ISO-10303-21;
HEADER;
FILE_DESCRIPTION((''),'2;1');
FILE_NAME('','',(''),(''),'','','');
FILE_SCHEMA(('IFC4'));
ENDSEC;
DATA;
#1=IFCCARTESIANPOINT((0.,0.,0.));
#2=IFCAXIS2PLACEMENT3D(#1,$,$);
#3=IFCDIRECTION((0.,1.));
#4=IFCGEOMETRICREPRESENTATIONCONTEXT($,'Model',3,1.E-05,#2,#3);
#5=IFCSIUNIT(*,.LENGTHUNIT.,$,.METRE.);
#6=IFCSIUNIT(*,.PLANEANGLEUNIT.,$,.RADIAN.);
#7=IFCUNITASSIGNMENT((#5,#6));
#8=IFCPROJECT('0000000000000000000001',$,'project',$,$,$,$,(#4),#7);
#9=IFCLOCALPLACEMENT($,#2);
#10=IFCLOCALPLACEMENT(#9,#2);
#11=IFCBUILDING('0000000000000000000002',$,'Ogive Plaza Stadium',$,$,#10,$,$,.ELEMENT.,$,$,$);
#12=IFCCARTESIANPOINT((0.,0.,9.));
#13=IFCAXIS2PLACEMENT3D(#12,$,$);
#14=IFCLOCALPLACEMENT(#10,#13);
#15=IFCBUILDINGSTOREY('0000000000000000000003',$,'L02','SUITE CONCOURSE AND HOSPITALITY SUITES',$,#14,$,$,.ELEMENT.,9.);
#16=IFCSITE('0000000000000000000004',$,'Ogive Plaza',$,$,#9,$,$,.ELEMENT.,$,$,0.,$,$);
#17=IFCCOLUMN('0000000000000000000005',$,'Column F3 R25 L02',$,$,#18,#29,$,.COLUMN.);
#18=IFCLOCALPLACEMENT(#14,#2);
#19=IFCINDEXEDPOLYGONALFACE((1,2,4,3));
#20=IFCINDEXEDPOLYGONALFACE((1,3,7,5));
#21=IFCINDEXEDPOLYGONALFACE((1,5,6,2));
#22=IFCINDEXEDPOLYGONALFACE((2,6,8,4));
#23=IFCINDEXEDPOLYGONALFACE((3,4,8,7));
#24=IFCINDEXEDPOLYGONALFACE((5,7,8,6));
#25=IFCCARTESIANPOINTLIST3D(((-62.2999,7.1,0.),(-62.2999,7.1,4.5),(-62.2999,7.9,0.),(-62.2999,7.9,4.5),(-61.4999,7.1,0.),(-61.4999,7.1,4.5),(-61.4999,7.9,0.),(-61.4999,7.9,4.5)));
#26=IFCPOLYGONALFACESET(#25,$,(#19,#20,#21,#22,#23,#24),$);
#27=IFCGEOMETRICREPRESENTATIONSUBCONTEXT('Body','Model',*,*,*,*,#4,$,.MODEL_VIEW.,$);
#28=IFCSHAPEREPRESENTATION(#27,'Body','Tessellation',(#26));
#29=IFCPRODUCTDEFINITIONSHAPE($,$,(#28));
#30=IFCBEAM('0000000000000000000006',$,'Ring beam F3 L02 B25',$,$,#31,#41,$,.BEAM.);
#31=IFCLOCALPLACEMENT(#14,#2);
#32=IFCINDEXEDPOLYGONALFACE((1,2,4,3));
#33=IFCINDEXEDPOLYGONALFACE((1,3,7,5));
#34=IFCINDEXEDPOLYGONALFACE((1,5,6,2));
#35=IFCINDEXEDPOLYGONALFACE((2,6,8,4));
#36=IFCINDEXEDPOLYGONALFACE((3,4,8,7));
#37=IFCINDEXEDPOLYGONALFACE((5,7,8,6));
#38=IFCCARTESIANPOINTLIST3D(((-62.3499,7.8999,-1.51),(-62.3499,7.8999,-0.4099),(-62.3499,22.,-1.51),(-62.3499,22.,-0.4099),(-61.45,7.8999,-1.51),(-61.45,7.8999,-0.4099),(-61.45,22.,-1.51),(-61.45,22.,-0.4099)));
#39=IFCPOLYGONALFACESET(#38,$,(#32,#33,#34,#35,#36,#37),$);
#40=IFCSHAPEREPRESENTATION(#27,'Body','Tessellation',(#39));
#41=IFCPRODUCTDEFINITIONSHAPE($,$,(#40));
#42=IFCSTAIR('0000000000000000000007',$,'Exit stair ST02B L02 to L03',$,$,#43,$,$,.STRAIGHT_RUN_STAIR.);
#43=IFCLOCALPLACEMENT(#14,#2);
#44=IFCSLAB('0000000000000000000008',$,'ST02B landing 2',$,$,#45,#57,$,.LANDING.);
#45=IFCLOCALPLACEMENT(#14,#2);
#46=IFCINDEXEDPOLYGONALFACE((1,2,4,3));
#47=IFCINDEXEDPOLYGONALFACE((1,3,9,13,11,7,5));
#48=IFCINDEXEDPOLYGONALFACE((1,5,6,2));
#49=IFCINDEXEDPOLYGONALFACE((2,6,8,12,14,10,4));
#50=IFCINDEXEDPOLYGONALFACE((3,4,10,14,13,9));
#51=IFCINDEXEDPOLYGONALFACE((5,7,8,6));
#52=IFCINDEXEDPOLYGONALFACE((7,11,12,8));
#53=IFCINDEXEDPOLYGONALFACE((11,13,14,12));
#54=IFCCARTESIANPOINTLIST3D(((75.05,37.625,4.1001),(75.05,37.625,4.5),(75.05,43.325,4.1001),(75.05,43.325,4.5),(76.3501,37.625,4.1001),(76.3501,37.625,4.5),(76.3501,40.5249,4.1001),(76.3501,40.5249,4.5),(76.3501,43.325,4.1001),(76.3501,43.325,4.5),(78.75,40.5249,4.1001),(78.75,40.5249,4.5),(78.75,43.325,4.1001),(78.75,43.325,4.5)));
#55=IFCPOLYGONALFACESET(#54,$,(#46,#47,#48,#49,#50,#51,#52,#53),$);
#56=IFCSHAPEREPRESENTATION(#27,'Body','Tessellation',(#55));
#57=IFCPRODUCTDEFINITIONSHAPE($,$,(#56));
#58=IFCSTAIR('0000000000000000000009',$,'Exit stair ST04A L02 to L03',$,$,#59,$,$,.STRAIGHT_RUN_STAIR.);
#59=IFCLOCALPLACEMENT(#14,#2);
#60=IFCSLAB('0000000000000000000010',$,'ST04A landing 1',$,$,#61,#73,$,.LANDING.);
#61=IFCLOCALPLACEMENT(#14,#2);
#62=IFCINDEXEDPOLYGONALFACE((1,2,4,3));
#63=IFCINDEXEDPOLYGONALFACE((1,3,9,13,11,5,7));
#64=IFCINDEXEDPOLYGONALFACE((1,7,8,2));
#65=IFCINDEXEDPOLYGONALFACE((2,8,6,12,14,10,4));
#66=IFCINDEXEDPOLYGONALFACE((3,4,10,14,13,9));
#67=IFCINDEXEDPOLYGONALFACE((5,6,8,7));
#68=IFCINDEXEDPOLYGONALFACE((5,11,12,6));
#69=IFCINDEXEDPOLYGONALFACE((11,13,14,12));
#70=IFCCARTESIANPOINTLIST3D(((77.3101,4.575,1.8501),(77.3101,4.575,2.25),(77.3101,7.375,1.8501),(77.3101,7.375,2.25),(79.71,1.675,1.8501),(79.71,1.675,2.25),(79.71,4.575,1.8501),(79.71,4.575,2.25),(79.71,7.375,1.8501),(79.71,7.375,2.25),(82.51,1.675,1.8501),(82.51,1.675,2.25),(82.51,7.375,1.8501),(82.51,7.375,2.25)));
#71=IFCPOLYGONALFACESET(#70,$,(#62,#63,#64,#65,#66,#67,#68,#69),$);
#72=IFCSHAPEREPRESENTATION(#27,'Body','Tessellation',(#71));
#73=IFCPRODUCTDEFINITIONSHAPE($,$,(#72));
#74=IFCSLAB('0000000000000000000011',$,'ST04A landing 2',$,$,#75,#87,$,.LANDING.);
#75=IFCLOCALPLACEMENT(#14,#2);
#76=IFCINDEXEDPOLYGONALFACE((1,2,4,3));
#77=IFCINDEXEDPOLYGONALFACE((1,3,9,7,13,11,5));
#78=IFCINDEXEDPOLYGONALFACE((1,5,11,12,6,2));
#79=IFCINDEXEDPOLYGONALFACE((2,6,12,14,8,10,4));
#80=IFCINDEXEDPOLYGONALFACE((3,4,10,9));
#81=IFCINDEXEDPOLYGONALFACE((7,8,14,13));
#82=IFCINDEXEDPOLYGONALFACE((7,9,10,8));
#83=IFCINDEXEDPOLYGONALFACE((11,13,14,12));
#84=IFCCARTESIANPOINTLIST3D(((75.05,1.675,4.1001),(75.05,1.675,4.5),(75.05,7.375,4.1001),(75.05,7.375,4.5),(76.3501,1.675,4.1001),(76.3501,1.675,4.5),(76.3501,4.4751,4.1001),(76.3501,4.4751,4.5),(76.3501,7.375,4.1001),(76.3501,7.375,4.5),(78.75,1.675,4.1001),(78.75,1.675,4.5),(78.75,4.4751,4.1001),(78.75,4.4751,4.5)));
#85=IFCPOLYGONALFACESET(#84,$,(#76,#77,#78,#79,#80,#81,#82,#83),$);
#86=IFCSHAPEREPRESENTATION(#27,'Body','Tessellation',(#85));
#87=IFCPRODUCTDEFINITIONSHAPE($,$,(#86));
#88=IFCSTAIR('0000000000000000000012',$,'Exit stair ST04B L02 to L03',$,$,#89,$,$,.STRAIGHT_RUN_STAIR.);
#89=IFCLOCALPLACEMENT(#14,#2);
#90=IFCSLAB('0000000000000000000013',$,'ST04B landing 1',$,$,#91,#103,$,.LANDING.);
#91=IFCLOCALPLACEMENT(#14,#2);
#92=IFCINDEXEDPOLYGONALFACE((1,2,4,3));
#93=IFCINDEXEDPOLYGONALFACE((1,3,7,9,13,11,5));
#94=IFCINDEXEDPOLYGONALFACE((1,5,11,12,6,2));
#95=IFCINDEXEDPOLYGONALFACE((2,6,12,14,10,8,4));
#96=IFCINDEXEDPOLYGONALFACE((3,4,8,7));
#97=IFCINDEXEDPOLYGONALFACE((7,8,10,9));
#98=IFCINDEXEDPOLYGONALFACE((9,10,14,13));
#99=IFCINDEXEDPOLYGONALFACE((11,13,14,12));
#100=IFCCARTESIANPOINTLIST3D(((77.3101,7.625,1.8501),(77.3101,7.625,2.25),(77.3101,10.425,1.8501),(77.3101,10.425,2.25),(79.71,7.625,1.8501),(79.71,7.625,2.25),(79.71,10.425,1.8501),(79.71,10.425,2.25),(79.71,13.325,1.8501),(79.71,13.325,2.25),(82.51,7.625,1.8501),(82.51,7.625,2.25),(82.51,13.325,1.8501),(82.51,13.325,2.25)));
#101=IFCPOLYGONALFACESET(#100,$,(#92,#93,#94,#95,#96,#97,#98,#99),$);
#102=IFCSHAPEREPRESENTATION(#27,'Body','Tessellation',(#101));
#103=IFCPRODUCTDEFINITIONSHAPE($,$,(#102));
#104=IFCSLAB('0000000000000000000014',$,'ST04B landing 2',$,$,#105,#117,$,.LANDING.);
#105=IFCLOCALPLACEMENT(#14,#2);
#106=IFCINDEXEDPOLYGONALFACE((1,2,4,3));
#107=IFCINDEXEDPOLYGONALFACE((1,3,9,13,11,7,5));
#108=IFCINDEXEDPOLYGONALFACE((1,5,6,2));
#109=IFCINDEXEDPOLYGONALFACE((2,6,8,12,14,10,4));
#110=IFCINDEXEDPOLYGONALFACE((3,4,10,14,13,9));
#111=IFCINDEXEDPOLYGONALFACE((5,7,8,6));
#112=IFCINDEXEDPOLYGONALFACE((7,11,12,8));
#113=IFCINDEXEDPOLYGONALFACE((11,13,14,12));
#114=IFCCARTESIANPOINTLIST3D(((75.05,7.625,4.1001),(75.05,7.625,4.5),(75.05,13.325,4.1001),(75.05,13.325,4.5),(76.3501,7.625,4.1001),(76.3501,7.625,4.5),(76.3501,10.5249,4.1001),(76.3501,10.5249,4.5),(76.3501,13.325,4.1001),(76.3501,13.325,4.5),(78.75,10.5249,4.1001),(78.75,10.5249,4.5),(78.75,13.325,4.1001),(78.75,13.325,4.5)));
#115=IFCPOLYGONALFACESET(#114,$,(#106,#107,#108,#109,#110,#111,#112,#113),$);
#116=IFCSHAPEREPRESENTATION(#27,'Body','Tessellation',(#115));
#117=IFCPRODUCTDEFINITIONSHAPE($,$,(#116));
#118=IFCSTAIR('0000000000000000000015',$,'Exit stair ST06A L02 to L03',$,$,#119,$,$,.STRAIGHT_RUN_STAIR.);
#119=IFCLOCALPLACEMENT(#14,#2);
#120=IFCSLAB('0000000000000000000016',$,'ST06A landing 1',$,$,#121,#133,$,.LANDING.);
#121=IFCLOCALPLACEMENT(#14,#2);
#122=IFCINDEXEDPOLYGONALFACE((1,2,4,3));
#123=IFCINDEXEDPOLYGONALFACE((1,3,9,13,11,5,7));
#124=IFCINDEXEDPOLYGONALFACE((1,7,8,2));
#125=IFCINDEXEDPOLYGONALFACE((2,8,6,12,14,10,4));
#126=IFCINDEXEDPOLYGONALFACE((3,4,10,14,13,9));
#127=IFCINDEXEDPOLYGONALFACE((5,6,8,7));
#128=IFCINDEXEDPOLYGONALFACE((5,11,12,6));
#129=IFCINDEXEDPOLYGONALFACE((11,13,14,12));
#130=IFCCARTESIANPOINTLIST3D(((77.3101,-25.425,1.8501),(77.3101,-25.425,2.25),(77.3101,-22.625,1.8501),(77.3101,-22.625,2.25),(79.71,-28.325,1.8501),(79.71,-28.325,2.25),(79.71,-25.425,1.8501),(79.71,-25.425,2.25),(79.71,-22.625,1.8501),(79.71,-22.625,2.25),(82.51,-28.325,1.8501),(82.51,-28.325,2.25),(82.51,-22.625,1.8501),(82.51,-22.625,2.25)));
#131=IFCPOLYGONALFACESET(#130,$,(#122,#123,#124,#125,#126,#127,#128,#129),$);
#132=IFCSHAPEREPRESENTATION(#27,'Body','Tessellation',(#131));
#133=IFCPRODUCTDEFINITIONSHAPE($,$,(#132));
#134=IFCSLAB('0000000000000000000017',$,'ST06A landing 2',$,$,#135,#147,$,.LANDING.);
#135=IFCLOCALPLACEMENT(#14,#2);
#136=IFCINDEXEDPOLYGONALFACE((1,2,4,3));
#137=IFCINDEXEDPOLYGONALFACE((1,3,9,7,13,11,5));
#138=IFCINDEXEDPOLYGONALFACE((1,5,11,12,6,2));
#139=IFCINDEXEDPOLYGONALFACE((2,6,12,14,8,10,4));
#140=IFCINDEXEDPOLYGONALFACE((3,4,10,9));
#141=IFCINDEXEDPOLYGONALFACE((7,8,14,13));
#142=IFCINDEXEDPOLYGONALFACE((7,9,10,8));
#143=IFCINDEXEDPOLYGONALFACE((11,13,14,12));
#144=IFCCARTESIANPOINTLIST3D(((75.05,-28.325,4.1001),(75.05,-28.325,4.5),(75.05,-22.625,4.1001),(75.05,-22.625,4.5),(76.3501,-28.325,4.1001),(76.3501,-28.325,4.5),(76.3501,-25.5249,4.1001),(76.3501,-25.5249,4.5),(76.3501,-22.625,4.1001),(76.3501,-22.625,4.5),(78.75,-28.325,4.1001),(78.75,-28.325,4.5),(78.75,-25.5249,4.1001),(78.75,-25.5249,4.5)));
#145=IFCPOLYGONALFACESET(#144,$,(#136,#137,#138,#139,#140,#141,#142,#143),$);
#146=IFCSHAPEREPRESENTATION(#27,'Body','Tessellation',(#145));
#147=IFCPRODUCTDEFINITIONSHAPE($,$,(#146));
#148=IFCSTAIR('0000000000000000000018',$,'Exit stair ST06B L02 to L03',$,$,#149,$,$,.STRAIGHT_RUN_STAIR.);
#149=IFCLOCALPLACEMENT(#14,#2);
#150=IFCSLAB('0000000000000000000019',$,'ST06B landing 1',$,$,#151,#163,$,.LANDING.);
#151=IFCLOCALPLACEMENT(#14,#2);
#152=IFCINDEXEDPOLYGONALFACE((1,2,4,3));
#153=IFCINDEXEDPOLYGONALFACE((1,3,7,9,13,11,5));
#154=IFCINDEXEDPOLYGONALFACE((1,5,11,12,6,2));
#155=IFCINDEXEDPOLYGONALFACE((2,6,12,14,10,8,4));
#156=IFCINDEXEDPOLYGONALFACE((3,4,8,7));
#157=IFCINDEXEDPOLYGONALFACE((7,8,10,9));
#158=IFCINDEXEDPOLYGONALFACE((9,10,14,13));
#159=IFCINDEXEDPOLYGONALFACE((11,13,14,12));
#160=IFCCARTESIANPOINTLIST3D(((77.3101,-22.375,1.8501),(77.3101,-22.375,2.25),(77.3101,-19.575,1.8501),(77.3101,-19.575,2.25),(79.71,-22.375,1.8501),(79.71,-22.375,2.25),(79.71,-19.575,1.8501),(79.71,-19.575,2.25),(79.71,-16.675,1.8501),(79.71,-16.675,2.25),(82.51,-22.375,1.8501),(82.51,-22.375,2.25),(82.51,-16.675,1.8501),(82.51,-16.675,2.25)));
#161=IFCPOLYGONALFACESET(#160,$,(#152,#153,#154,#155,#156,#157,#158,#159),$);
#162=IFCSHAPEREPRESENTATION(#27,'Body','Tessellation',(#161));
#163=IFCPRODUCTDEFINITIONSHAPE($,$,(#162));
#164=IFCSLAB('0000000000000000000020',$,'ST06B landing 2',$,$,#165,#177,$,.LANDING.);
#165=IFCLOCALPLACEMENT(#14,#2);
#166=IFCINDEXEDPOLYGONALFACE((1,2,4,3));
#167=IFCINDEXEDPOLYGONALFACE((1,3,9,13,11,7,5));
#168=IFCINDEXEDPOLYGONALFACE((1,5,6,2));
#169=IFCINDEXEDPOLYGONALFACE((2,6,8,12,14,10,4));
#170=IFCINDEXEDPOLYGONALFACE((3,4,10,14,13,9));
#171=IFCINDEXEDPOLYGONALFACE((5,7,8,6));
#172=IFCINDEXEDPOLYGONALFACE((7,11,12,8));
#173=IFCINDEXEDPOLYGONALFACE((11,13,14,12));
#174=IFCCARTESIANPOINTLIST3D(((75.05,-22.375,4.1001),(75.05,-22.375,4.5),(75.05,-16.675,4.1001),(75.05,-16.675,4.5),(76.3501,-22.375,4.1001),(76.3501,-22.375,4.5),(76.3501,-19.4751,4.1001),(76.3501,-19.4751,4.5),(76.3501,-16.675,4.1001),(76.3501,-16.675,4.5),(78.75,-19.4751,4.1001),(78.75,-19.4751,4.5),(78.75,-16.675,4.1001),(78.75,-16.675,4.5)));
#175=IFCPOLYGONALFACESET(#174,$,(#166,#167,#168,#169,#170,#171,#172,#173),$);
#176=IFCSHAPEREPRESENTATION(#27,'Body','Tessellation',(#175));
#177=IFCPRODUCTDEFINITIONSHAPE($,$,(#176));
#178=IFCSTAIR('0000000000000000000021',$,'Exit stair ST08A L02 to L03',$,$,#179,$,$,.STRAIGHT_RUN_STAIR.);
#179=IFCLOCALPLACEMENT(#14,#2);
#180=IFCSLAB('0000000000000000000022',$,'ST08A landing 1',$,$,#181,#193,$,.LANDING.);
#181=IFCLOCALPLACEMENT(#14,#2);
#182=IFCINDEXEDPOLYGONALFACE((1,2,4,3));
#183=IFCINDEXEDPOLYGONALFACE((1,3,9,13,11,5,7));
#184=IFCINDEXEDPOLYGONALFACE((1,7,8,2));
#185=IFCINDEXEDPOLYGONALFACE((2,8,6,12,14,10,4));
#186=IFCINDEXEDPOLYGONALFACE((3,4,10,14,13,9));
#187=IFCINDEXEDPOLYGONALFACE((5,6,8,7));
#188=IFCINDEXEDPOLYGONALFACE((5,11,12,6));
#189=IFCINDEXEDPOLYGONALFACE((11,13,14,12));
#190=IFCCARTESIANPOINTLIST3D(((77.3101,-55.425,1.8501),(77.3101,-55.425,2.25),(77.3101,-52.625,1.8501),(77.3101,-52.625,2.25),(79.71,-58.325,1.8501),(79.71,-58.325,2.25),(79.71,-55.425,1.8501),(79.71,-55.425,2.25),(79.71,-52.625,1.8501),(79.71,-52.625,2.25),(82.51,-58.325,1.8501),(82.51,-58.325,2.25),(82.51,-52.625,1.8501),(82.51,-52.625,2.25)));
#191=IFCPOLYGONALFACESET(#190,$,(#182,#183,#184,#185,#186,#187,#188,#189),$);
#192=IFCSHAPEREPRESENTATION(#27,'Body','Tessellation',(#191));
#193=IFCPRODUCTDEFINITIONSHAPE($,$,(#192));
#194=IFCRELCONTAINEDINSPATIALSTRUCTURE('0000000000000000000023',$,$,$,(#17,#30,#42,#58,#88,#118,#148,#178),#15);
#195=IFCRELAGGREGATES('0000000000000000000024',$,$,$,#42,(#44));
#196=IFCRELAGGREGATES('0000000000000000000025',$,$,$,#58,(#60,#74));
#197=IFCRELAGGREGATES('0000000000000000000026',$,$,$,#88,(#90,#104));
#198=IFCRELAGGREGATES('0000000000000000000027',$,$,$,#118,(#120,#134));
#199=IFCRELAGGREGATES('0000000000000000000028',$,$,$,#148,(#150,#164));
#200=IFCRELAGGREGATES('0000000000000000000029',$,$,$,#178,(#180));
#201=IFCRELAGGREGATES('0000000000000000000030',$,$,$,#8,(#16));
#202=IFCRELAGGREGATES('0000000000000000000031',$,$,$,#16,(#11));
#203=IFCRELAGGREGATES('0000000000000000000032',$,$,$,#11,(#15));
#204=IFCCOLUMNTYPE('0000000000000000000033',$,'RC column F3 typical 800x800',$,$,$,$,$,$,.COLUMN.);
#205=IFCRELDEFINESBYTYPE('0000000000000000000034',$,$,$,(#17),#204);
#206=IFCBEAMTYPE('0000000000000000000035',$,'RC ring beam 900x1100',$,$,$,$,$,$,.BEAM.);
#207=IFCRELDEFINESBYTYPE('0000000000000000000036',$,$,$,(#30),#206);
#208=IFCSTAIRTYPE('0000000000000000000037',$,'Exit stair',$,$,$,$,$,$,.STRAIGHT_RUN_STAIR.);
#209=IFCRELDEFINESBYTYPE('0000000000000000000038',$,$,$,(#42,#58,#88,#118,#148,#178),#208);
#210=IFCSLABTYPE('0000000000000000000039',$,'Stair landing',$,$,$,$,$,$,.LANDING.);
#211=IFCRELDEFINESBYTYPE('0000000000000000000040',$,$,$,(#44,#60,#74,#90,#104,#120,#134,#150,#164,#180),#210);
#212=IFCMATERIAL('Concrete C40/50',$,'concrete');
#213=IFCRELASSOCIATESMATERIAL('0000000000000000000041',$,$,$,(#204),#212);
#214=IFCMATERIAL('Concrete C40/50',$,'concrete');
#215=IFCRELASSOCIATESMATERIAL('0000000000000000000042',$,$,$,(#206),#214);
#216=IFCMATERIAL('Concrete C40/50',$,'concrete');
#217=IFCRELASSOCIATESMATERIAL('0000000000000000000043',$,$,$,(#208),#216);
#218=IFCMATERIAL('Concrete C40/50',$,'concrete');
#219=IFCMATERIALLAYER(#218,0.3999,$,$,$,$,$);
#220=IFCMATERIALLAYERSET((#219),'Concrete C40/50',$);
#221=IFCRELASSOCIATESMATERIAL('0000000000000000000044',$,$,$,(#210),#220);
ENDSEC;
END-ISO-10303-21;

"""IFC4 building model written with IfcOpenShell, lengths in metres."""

from ifc_helpers import new_model, si_unit, direction, frame, origin, origin_2d, place, context, subcontext, project, spatial, polyline, rectangle, outline, extrude, material, layer, layer_set, material_profile, profile_set, type_object, element, aggregate, save


model = new_model("IFC4")

# Units and contexts
model_context = context("Model", 3, precision=1e-05, world=origin(), true_north=direction((0.0, 1.0)))
body_context = subcontext(model_context, "Body", "Model", "MODEL_VIEW")
ifc_project = project(units=[si_unit("LENGTHUNIT", "METRE"), si_unit("PLANEANGLEUNIT", "RADIAN")], contexts=[model_context])

# Site, building, storey
site_placement = place(None, origin())
site = spatial("IfcSite", under=ifc_project, at=site_placement, Name="Ogive Plaza", CompositionType="ELEMENT", RefElevation=0.0)
building_placement = place(site_placement, origin())
building = spatial("IfcBuilding", under=site, at=building_placement, Name="Ogive Plaza Stadium", CompositionType="ELEMENT")
storey_placement = place(building_placement, frame((0.0, 0.0, 9.0)))
storey = spatial("IfcBuildingStorey", under=building, at=storey_placement, Name="L02", Description="SUITE CONCOURSE AND HOSPITALITY SUITES", CompositionType="ELEMENT", Elevation=9.0)

# Column
ifc_material_1 = material(Name="Concrete C40/50", Category="concrete")
ifc_material_profile_1 = material_profile(ifc_material_1, rectangle(XDim=0.8, YDim=0.8, at=origin_2d()), Name="RC 800x800")
ifc_profile_set_1 = profile_set([ifc_material_profile_1], Name="Concrete C40/50")
column_type = type_object("IfcColumnType", Name="RC column F3 typical 800x800", PredefinedType="COLUMN", material=ifc_profile_set_1)
column_placement = place(storey_placement, frame((-61.8999, 7.5, 0.0), z_axis=(0.0, 0.0, 1.0), x_axis=(0.0, -1.0, 0.0)))
element("IfcColumn", 1, at=column_placement, inside=storey, type_object=column_type, Name="Column F3 R25 L02", PredefinedType="COLUMN", context=body_context, shape_type="SweptSolid", body=[
    extrude(rectangle(XDim=0.8, YDim=0.8, at=origin_2d()), origin(), (0.0, 0.0, 1.0), 4.5),
])

# Beam
ifc_material_2 = material(Name="Concrete C40/50", Category="concrete")
ifc_material_profile_2 = material_profile(ifc_material_2, rectangle(XDim=0.8999, YDim=1.1001, at=origin_2d()), Name="RC 900x1100")
ifc_profile_set_2 = profile_set([ifc_material_profile_2], Name="Concrete C40/50")
beam_type = type_object("IfcBeamType", Name="RC ring beam 900x1100", PredefinedType="BEAM", material=ifc_profile_set_2)
beam_placement = place(storey_placement, frame((-61.8999, 7.8999, -0.96), z_axis=(0.0, 1.0, 0.0), x_axis=(-1.0, 0.0, 0.0)))
element("IfcBeam", 2, at=beam_placement, inside=storey, type_object=beam_type, Name="Ring beam F3 L02 B25", PredefinedType="BEAM", context=body_context, shape_type="SweptSolid", body=[
    extrude(rectangle(XDim=0.8999, YDim=1.1001, at=origin_2d()), origin(), (0.0, 0.0, 1.0), 14.1001),
])

# Stair, slab
ifc_material_3 = material(Name="Concrete C40/50", Category="concrete")
stair_type = type_object("IfcStairType", Name="Exit stair", PredefinedType="STRAIGHT_RUN_STAIR", material=ifc_material_3)
stair_1_placement = place(storey_placement, origin())
stair_1 = element("IfcStair", 3, at=stair_1_placement, inside=storey, type_object=stair_type, Name="Exit stair ST02B L02 to L03", PredefinedType="STRAIGHT_RUN_STAIR")
ifc_material_4 = material(Name="Concrete C40/50", Category="concrete")
ifc_layer_1 = layer(ifc_material_4, 0.3999)
ifc_layer_set_1 = layer_set([ifc_layer_1], Name="Concrete C40/50")
slab_type = type_object("IfcSlabType", Name="Stair landing", PredefinedType="LANDING", material=ifc_layer_set_1)
slab_1_placement = place(storey_placement, frame((0.0, 0.0, 4.1001)))
slab_1 = element("IfcSlab", 4, at=slab_1_placement, type_object=slab_type, Name="ST02B landing 2", PredefinedType="LANDING", context=body_context, shape_type="SweptSolid", body=[
    extrude(outline(polyline([(76.3501, 37.625), (75.05, 37.625), (75.05, 43.325), (76.3501, 43.325), (78.75, 43.325), (78.75, 40.5249), (76.3501, 40.5249), (76.3501, 37.625)])), origin(), (0.0, 0.0, 1.0), 0.3999),
])
aggregate(stair_1, [slab_1])

# Stairs, slabs
stair_2_placement = place(storey_placement, origin())
stair_2 = element("IfcStair", 5, at=stair_2_placement, inside=storey, type_object=stair_type, Name="Exit stair ST04A L02 to L03", PredefinedType="STRAIGHT_RUN_STAIR")
slab_2_placement = place(storey_placement, frame((0.0, 0.0, 1.8501)))
slab_2 = element("IfcSlab", 6, at=slab_2_placement, type_object=slab_type, Name="ST04A landing 1", PredefinedType="LANDING", context=body_context, shape_type="SweptSolid", body=[
    extrude(outline(polyline([(82.51, 7.375), (82.51, 1.675), (79.71, 1.675), (79.71, 4.575), (77.3101, 4.575), (77.3101, 7.375), (79.71, 7.375), (82.51, 7.375)])), origin(), (0.0, 0.0, 1.0), 0.3999),
])
slab_3_placement = place(storey_placement, frame((0.0, 0.0, 4.1001)))
slab_3 = element("IfcSlab", 7, at=slab_3_placement, type_object=slab_type, Name="ST04A landing 2", PredefinedType="LANDING", context=body_context, shape_type="SweptSolid", body=[
    extrude(outline(polyline([(78.75, 4.4751), (78.75, 1.675), (76.3501, 1.675), (75.05, 1.675), (75.05, 7.375), (76.3501, 7.375), (76.3501, 4.4751), (78.75, 4.4751)])), origin(), (0.0, 0.0, 1.0), 0.3999),
])
aggregate(stair_2, [slab_2, slab_3])
stair_3_placement = place(storey_placement, origin())
stair_3 = element("IfcStair", 8, at=stair_3_placement, inside=storey, type_object=stair_type, Name="Exit stair ST04B L02 to L03", PredefinedType="STRAIGHT_RUN_STAIR")
slab_4_placement = place(storey_placement, frame((0.0, 0.0, 1.8501)))
slab_4 = element("IfcSlab", 9, at=slab_4_placement, type_object=slab_type, Name="ST04B landing 1", PredefinedType="LANDING", context=body_context, shape_type="SweptSolid", body=[
    extrude(outline(polyline([(77.3101, 7.625), (77.3101, 10.425), (79.71, 10.425), (79.71, 13.325), (82.51, 13.325), (82.51, 7.625), (79.71, 7.625), (77.3101, 7.625)])), origin(), (0.0, 0.0, 1.0), 0.3999),
])
slab_5_placement = place(storey_placement, frame((0.0, 0.0, 4.1001)))
slab_5 = element("IfcSlab", 10, at=slab_5_placement, type_object=slab_type, Name="ST04B landing 2", PredefinedType="LANDING", context=body_context, shape_type="SweptSolid", body=[
    extrude(outline(polyline([(76.3501, 7.625), (75.05, 7.625), (75.05, 13.325), (76.3501, 13.325), (78.75, 13.325), (78.75, 10.5249), (76.3501, 10.5249), (76.3501, 7.625)])), origin(), (0.0, 0.0, 1.0), 0.3999),
])
aggregate(stair_3, [slab_4, slab_5])
stair_4_placement = place(storey_placement, origin())
stair_4 = element("IfcStair", 11, at=stair_4_placement, inside=storey, type_object=stair_type, Name="Exit stair ST06A L02 to L03", PredefinedType="STRAIGHT_RUN_STAIR")
slab_6_placement = place(storey_placement, frame((0.0, 0.0, 1.8501)))
slab_6 = element("IfcSlab", 12, at=slab_6_placement, type_object=slab_type, Name="ST06A landing 1", PredefinedType="LANDING", context=body_context, shape_type="SweptSolid", body=[
    extrude(outline(polyline([(82.51, -22.625), (82.51, -28.325), (79.71, -28.325), (79.71, -25.425), (77.3101, -25.425), (77.3101, -22.625), (79.71, -22.625), (82.51, -22.625)])), origin(), (0.0, 0.0, 1.0), 0.3999),
])
slab_7_placement = place(storey_placement, frame((0.0, 0.0, 4.1001)))
slab_7 = element("IfcSlab", 13, at=slab_7_placement, type_object=slab_type, Name="ST06A landing 2", PredefinedType="LANDING", context=body_context, shape_type="SweptSolid", body=[
    extrude(outline(polyline([(78.75, -25.5249), (78.75, -28.325), (76.3501, -28.325), (75.05, -28.325), (75.05, -22.625), (76.3501, -22.625), (76.3501, -25.5249), (78.75, -25.5249)])), origin(), (0.0, 0.0, 1.0), 0.3999),
])
aggregate(stair_4, [slab_6, slab_7])
stair_5_placement = place(storey_placement, origin())
stair_5 = element("IfcStair", 14, at=stair_5_placement, inside=storey, type_object=stair_type, Name="Exit stair ST06B L02 to L03", PredefinedType="STRAIGHT_RUN_STAIR")
slab_8_placement = place(storey_placement, frame((0.0, 0.0, 1.8501)))
slab_8 = element("IfcSlab", 15, at=slab_8_placement, type_object=slab_type, Name="ST06B landing 1", PredefinedType="LANDING", context=body_context, shape_type="SweptSolid", body=[
    extrude(outline(polyline([(77.3101, -22.375), (77.3101, -19.575), (79.71, -19.575), (79.71, -16.675), (82.51, -16.675), (82.51, -22.375), (79.71, -22.375), (77.3101, -22.375)])), origin(), (0.0, 0.0, 1.0), 0.3999),
])
slab_9_placement = place(storey_placement, frame((0.0, 0.0, 4.1001)))
slab_9 = element("IfcSlab", 16, at=slab_9_placement, type_object=slab_type, Name="ST06B landing 2", PredefinedType="LANDING", context=body_context, shape_type="SweptSolid", body=[
    extrude(outline(polyline([(76.3501, -22.375), (75.05, -22.375), (75.05, -16.675), (76.3501, -16.675), (78.75, -16.675), (78.75, -19.4751), (76.3501, -19.4751), (76.3501, -22.375)])), origin(), (0.0, 0.0, 1.0), 0.3999),
])
aggregate(stair_5, [slab_8, slab_9])
stair_6_placement = place(storey_placement, origin())
stair_6 = element("IfcStair", 17, at=stair_6_placement, inside=storey, type_object=stair_type, Name="Exit stair ST08A L02 to L03", PredefinedType="STRAIGHT_RUN_STAIR")
slab_10_placement = place(storey_placement, frame((0.0, 0.0, 1.8501)))
slab_10 = element("IfcSlab", 18, at=slab_10_placement, type_object=slab_type, Name="ST08A landing 1", PredefinedType="LANDING", context=body_context, shape_type="SweptSolid", body=[
    extrude(outline(polyline([(82.51, -52.625), (82.51, -58.325), (79.71, -58.325), (79.71, -55.425), (77.3101, -55.425), (77.3101, -52.625), (79.71, -52.625), (82.51, -52.625)])), origin(), (0.0, 0.0, 1.0), 0.3999),
])
aggregate(stair_6, [slab_10])

save(model, "model.ifc")
